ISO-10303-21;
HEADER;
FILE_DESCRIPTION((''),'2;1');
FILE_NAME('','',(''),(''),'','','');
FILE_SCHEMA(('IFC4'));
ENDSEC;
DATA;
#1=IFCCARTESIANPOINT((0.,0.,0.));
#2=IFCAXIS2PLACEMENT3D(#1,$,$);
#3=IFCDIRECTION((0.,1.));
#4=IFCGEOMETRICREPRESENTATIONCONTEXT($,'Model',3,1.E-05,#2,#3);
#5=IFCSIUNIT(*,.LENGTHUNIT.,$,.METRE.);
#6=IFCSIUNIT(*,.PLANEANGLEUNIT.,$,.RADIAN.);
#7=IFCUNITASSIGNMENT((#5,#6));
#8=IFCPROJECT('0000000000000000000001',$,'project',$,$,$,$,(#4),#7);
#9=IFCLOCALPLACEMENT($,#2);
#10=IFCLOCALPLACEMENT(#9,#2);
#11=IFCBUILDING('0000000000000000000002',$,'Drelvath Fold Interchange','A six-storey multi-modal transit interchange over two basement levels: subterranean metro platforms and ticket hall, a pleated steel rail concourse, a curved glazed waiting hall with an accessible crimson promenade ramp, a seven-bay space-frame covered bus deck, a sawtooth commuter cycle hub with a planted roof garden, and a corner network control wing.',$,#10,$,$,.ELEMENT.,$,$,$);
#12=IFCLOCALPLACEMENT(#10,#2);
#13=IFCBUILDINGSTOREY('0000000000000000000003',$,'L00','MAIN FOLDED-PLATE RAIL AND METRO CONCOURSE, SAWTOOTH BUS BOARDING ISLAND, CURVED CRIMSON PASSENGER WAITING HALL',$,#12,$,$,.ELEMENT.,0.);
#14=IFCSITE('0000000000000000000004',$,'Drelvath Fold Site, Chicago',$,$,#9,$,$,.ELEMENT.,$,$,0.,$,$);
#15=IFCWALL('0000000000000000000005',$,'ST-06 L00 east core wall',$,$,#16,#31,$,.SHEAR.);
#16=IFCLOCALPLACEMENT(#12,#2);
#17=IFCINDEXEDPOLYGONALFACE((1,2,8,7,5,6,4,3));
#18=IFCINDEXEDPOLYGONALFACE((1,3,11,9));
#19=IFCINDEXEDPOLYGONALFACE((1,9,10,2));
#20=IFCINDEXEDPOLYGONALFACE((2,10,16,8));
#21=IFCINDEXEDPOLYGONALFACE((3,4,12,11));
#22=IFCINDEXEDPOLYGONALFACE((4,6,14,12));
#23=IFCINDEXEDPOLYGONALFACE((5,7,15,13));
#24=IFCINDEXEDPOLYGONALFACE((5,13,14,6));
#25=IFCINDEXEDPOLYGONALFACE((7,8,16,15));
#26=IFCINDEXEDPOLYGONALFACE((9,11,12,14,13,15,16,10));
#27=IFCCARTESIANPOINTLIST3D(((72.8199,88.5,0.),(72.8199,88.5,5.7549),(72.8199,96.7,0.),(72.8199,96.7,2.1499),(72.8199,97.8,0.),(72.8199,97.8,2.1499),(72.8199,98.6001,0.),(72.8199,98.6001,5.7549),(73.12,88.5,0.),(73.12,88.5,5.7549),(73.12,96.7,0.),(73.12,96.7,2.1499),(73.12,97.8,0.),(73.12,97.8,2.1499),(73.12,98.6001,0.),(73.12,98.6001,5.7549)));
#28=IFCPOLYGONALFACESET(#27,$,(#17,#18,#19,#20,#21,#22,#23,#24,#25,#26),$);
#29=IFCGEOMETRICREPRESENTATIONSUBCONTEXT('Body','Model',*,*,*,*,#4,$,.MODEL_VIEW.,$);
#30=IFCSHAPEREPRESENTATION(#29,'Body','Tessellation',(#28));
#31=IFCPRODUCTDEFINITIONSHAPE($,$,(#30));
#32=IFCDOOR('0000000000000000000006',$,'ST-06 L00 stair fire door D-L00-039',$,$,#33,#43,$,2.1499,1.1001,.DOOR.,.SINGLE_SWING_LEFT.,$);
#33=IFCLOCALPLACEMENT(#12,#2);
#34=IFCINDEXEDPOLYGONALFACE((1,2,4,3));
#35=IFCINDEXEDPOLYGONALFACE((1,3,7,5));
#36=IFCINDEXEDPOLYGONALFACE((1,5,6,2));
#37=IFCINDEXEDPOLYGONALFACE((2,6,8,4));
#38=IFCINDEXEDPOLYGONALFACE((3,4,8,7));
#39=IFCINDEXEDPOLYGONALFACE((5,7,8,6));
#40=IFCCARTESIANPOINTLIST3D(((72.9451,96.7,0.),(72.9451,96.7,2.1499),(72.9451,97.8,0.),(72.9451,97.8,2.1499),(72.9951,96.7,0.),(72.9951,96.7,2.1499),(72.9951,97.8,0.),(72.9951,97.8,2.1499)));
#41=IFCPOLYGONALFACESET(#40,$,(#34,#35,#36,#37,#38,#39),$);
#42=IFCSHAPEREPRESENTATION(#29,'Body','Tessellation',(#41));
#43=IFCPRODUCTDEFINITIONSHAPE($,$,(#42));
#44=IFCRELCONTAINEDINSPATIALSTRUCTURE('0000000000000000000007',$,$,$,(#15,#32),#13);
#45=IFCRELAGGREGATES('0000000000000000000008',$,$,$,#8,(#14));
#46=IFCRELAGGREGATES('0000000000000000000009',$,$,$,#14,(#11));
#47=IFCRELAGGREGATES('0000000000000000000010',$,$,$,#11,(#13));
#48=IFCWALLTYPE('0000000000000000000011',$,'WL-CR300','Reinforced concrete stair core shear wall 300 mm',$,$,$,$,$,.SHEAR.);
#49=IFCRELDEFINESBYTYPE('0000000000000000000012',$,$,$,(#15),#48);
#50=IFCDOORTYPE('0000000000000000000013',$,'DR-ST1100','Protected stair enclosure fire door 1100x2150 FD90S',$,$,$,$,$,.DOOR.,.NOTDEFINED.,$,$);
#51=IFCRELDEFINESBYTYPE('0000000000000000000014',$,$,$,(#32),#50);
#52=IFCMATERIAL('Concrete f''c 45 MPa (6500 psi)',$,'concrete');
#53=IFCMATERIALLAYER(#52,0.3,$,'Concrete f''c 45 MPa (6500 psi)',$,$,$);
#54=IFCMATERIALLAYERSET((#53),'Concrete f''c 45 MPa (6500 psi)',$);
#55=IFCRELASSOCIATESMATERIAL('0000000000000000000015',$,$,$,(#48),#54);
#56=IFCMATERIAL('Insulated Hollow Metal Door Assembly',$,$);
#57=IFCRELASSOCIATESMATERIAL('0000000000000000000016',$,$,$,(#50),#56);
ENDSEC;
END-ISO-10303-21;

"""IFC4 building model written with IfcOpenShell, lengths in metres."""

from ifc_helpers import new_model, si_unit, direction, frame, frame_2d, origin, place, context, subcontext, project, spatial, rectangle, extrude, material, layer, layer_set, type_object, element, fill, save


model = new_model("IFC4")

# Units and contexts
model_context = context("Model", 3, precision=1e-05, world=origin(), true_north=direction((0.0, 1.0)))
body_context = subcontext(model_context, "Body", "Model", "MODEL_VIEW")
ifc_project = project(units=[si_unit("LENGTHUNIT", "METRE"), si_unit("PLANEANGLEUNIT", "RADIAN")], contexts=[model_context])

# Site, building, storey
site_placement = place(None, origin())
site = spatial("IfcSite", under=ifc_project, at=site_placement, Name="Drelvath Fold Site, Chicago", CompositionType="ELEMENT", RefElevation=0.0)
building_placement = place(site_placement, origin())
building = spatial("IfcBuilding", under=site, at=building_placement, Name="Drelvath Fold Interchange", Description="A six-storey multi-modal transit interchange over two basement levels: subterranean metro platforms and ticket hall, a pleated steel rail concourse, a curved glazed waiting hall with an accessible crimson promenade ramp, a seven-bay space-frame covered bus deck, a sawtooth commuter cycle hub with a planted roof garden, and a corner network control wing.", CompositionType="ELEMENT")
storey_placement = place(building_placement, origin())
storey = spatial("IfcBuildingStorey", under=building, at=storey_placement, Name="L00", Description="MAIN FOLDED-PLATE RAIL AND METRO CONCOURSE, SAWTOOTH BUS BOARDING ISLAND, CURVED CRIMSON PASSENGER WAITING HALL", CompositionType="ELEMENT", Elevation=0.0)

# Shared definitions
ifc_material_1 = material(Name="Concrete f'c 45 MPa (6500 psi)", Category="concrete")
ifc_layer = layer(ifc_material_1, 0.3, Name="Concrete f'c 45 MPa (6500 psi)")
ifc_layer_set = layer_set([ifc_layer], Name="Concrete f'c 45 MPa (6500 psi)")
wall_type = type_object("IfcWallType", Name="WL-CR300", Description="Reinforced concrete stair core shear wall 300 mm", PredefinedType="SHEAR", material=ifc_layer_set)

# Wall, opening, door
wall_1_placement = place(storey_placement, frame((72.97, 88.5, 0.0), z_axis=(0.0, 0.0, 1.0), x_axis=(0.0, 1.0, 0.0)))
wall_1 = element("IfcWall", 1, at=wall_1_placement, inside=storey, type_object=wall_type, Name="ST-06 L00 east core wall", PredefinedType="SHEAR", context=body_context, shape_type="SweptSolid", body=[
    extrude(rectangle(XDim=10.1001, YDim=0.3, at=frame_2d((5.05, 0.0))), origin(), (0.0, 0.0, 1.0), 5.7549),
])
opening_placement = place(wall_1_placement, frame((8.2, 0.0, 0.0)))
opening = element("IfcOpeningElement", 2, at=opening_placement, cuts=wall_1, PredefinedType="OPENING", context=body_context, shape_type="SweptSolid", body=[
    extrude(rectangle(XDim=1.1001, YDim=2.1499, at=frame_2d((0.55, 1.075))), frame((0.0, 0.1599, 0.0), z_axis=(0.0, -1.0, 0.0), x_axis=(1.0, 0.0, 0.0)), (0.0, 0.0, 1.0), 0.3201),
])
ifc_material_2 = material(Name="Insulated Hollow Metal Door Assembly")
door_type = type_object("IfcDoorType", Name="DR-ST1100", Description="Protected stair enclosure fire door 1100x2150 FD90S", OperationType="NOTDEFINED", PredefinedType="DOOR", material=ifc_material_2)
door_placement = place(opening_placement, origin())
door = element("IfcDoor", 3, at=door_placement, inside=storey, type_object=door_type, Name="ST-06 L00 stair fire door D-L00-039", OperationType="SINGLE_SWING_LEFT", OverallHeight=2.1499, OverallWidth=1.1001, PredefinedType="DOOR", context=body_context, shape_type="SweptSolid", body=[
    extrude(rectangle(XDim=1.1001, YDim=2.1499, at=frame_2d((0.55, 1.075))), frame((0.0, 0.0249, 0.0), z_axis=(0.0, -1.0, 0.0), x_axis=(1.0, 0.0, 0.0)), (0.0, 0.0, 1.0), 0.05),
])
fill(opening, door)

save(model, "model.ifc")
